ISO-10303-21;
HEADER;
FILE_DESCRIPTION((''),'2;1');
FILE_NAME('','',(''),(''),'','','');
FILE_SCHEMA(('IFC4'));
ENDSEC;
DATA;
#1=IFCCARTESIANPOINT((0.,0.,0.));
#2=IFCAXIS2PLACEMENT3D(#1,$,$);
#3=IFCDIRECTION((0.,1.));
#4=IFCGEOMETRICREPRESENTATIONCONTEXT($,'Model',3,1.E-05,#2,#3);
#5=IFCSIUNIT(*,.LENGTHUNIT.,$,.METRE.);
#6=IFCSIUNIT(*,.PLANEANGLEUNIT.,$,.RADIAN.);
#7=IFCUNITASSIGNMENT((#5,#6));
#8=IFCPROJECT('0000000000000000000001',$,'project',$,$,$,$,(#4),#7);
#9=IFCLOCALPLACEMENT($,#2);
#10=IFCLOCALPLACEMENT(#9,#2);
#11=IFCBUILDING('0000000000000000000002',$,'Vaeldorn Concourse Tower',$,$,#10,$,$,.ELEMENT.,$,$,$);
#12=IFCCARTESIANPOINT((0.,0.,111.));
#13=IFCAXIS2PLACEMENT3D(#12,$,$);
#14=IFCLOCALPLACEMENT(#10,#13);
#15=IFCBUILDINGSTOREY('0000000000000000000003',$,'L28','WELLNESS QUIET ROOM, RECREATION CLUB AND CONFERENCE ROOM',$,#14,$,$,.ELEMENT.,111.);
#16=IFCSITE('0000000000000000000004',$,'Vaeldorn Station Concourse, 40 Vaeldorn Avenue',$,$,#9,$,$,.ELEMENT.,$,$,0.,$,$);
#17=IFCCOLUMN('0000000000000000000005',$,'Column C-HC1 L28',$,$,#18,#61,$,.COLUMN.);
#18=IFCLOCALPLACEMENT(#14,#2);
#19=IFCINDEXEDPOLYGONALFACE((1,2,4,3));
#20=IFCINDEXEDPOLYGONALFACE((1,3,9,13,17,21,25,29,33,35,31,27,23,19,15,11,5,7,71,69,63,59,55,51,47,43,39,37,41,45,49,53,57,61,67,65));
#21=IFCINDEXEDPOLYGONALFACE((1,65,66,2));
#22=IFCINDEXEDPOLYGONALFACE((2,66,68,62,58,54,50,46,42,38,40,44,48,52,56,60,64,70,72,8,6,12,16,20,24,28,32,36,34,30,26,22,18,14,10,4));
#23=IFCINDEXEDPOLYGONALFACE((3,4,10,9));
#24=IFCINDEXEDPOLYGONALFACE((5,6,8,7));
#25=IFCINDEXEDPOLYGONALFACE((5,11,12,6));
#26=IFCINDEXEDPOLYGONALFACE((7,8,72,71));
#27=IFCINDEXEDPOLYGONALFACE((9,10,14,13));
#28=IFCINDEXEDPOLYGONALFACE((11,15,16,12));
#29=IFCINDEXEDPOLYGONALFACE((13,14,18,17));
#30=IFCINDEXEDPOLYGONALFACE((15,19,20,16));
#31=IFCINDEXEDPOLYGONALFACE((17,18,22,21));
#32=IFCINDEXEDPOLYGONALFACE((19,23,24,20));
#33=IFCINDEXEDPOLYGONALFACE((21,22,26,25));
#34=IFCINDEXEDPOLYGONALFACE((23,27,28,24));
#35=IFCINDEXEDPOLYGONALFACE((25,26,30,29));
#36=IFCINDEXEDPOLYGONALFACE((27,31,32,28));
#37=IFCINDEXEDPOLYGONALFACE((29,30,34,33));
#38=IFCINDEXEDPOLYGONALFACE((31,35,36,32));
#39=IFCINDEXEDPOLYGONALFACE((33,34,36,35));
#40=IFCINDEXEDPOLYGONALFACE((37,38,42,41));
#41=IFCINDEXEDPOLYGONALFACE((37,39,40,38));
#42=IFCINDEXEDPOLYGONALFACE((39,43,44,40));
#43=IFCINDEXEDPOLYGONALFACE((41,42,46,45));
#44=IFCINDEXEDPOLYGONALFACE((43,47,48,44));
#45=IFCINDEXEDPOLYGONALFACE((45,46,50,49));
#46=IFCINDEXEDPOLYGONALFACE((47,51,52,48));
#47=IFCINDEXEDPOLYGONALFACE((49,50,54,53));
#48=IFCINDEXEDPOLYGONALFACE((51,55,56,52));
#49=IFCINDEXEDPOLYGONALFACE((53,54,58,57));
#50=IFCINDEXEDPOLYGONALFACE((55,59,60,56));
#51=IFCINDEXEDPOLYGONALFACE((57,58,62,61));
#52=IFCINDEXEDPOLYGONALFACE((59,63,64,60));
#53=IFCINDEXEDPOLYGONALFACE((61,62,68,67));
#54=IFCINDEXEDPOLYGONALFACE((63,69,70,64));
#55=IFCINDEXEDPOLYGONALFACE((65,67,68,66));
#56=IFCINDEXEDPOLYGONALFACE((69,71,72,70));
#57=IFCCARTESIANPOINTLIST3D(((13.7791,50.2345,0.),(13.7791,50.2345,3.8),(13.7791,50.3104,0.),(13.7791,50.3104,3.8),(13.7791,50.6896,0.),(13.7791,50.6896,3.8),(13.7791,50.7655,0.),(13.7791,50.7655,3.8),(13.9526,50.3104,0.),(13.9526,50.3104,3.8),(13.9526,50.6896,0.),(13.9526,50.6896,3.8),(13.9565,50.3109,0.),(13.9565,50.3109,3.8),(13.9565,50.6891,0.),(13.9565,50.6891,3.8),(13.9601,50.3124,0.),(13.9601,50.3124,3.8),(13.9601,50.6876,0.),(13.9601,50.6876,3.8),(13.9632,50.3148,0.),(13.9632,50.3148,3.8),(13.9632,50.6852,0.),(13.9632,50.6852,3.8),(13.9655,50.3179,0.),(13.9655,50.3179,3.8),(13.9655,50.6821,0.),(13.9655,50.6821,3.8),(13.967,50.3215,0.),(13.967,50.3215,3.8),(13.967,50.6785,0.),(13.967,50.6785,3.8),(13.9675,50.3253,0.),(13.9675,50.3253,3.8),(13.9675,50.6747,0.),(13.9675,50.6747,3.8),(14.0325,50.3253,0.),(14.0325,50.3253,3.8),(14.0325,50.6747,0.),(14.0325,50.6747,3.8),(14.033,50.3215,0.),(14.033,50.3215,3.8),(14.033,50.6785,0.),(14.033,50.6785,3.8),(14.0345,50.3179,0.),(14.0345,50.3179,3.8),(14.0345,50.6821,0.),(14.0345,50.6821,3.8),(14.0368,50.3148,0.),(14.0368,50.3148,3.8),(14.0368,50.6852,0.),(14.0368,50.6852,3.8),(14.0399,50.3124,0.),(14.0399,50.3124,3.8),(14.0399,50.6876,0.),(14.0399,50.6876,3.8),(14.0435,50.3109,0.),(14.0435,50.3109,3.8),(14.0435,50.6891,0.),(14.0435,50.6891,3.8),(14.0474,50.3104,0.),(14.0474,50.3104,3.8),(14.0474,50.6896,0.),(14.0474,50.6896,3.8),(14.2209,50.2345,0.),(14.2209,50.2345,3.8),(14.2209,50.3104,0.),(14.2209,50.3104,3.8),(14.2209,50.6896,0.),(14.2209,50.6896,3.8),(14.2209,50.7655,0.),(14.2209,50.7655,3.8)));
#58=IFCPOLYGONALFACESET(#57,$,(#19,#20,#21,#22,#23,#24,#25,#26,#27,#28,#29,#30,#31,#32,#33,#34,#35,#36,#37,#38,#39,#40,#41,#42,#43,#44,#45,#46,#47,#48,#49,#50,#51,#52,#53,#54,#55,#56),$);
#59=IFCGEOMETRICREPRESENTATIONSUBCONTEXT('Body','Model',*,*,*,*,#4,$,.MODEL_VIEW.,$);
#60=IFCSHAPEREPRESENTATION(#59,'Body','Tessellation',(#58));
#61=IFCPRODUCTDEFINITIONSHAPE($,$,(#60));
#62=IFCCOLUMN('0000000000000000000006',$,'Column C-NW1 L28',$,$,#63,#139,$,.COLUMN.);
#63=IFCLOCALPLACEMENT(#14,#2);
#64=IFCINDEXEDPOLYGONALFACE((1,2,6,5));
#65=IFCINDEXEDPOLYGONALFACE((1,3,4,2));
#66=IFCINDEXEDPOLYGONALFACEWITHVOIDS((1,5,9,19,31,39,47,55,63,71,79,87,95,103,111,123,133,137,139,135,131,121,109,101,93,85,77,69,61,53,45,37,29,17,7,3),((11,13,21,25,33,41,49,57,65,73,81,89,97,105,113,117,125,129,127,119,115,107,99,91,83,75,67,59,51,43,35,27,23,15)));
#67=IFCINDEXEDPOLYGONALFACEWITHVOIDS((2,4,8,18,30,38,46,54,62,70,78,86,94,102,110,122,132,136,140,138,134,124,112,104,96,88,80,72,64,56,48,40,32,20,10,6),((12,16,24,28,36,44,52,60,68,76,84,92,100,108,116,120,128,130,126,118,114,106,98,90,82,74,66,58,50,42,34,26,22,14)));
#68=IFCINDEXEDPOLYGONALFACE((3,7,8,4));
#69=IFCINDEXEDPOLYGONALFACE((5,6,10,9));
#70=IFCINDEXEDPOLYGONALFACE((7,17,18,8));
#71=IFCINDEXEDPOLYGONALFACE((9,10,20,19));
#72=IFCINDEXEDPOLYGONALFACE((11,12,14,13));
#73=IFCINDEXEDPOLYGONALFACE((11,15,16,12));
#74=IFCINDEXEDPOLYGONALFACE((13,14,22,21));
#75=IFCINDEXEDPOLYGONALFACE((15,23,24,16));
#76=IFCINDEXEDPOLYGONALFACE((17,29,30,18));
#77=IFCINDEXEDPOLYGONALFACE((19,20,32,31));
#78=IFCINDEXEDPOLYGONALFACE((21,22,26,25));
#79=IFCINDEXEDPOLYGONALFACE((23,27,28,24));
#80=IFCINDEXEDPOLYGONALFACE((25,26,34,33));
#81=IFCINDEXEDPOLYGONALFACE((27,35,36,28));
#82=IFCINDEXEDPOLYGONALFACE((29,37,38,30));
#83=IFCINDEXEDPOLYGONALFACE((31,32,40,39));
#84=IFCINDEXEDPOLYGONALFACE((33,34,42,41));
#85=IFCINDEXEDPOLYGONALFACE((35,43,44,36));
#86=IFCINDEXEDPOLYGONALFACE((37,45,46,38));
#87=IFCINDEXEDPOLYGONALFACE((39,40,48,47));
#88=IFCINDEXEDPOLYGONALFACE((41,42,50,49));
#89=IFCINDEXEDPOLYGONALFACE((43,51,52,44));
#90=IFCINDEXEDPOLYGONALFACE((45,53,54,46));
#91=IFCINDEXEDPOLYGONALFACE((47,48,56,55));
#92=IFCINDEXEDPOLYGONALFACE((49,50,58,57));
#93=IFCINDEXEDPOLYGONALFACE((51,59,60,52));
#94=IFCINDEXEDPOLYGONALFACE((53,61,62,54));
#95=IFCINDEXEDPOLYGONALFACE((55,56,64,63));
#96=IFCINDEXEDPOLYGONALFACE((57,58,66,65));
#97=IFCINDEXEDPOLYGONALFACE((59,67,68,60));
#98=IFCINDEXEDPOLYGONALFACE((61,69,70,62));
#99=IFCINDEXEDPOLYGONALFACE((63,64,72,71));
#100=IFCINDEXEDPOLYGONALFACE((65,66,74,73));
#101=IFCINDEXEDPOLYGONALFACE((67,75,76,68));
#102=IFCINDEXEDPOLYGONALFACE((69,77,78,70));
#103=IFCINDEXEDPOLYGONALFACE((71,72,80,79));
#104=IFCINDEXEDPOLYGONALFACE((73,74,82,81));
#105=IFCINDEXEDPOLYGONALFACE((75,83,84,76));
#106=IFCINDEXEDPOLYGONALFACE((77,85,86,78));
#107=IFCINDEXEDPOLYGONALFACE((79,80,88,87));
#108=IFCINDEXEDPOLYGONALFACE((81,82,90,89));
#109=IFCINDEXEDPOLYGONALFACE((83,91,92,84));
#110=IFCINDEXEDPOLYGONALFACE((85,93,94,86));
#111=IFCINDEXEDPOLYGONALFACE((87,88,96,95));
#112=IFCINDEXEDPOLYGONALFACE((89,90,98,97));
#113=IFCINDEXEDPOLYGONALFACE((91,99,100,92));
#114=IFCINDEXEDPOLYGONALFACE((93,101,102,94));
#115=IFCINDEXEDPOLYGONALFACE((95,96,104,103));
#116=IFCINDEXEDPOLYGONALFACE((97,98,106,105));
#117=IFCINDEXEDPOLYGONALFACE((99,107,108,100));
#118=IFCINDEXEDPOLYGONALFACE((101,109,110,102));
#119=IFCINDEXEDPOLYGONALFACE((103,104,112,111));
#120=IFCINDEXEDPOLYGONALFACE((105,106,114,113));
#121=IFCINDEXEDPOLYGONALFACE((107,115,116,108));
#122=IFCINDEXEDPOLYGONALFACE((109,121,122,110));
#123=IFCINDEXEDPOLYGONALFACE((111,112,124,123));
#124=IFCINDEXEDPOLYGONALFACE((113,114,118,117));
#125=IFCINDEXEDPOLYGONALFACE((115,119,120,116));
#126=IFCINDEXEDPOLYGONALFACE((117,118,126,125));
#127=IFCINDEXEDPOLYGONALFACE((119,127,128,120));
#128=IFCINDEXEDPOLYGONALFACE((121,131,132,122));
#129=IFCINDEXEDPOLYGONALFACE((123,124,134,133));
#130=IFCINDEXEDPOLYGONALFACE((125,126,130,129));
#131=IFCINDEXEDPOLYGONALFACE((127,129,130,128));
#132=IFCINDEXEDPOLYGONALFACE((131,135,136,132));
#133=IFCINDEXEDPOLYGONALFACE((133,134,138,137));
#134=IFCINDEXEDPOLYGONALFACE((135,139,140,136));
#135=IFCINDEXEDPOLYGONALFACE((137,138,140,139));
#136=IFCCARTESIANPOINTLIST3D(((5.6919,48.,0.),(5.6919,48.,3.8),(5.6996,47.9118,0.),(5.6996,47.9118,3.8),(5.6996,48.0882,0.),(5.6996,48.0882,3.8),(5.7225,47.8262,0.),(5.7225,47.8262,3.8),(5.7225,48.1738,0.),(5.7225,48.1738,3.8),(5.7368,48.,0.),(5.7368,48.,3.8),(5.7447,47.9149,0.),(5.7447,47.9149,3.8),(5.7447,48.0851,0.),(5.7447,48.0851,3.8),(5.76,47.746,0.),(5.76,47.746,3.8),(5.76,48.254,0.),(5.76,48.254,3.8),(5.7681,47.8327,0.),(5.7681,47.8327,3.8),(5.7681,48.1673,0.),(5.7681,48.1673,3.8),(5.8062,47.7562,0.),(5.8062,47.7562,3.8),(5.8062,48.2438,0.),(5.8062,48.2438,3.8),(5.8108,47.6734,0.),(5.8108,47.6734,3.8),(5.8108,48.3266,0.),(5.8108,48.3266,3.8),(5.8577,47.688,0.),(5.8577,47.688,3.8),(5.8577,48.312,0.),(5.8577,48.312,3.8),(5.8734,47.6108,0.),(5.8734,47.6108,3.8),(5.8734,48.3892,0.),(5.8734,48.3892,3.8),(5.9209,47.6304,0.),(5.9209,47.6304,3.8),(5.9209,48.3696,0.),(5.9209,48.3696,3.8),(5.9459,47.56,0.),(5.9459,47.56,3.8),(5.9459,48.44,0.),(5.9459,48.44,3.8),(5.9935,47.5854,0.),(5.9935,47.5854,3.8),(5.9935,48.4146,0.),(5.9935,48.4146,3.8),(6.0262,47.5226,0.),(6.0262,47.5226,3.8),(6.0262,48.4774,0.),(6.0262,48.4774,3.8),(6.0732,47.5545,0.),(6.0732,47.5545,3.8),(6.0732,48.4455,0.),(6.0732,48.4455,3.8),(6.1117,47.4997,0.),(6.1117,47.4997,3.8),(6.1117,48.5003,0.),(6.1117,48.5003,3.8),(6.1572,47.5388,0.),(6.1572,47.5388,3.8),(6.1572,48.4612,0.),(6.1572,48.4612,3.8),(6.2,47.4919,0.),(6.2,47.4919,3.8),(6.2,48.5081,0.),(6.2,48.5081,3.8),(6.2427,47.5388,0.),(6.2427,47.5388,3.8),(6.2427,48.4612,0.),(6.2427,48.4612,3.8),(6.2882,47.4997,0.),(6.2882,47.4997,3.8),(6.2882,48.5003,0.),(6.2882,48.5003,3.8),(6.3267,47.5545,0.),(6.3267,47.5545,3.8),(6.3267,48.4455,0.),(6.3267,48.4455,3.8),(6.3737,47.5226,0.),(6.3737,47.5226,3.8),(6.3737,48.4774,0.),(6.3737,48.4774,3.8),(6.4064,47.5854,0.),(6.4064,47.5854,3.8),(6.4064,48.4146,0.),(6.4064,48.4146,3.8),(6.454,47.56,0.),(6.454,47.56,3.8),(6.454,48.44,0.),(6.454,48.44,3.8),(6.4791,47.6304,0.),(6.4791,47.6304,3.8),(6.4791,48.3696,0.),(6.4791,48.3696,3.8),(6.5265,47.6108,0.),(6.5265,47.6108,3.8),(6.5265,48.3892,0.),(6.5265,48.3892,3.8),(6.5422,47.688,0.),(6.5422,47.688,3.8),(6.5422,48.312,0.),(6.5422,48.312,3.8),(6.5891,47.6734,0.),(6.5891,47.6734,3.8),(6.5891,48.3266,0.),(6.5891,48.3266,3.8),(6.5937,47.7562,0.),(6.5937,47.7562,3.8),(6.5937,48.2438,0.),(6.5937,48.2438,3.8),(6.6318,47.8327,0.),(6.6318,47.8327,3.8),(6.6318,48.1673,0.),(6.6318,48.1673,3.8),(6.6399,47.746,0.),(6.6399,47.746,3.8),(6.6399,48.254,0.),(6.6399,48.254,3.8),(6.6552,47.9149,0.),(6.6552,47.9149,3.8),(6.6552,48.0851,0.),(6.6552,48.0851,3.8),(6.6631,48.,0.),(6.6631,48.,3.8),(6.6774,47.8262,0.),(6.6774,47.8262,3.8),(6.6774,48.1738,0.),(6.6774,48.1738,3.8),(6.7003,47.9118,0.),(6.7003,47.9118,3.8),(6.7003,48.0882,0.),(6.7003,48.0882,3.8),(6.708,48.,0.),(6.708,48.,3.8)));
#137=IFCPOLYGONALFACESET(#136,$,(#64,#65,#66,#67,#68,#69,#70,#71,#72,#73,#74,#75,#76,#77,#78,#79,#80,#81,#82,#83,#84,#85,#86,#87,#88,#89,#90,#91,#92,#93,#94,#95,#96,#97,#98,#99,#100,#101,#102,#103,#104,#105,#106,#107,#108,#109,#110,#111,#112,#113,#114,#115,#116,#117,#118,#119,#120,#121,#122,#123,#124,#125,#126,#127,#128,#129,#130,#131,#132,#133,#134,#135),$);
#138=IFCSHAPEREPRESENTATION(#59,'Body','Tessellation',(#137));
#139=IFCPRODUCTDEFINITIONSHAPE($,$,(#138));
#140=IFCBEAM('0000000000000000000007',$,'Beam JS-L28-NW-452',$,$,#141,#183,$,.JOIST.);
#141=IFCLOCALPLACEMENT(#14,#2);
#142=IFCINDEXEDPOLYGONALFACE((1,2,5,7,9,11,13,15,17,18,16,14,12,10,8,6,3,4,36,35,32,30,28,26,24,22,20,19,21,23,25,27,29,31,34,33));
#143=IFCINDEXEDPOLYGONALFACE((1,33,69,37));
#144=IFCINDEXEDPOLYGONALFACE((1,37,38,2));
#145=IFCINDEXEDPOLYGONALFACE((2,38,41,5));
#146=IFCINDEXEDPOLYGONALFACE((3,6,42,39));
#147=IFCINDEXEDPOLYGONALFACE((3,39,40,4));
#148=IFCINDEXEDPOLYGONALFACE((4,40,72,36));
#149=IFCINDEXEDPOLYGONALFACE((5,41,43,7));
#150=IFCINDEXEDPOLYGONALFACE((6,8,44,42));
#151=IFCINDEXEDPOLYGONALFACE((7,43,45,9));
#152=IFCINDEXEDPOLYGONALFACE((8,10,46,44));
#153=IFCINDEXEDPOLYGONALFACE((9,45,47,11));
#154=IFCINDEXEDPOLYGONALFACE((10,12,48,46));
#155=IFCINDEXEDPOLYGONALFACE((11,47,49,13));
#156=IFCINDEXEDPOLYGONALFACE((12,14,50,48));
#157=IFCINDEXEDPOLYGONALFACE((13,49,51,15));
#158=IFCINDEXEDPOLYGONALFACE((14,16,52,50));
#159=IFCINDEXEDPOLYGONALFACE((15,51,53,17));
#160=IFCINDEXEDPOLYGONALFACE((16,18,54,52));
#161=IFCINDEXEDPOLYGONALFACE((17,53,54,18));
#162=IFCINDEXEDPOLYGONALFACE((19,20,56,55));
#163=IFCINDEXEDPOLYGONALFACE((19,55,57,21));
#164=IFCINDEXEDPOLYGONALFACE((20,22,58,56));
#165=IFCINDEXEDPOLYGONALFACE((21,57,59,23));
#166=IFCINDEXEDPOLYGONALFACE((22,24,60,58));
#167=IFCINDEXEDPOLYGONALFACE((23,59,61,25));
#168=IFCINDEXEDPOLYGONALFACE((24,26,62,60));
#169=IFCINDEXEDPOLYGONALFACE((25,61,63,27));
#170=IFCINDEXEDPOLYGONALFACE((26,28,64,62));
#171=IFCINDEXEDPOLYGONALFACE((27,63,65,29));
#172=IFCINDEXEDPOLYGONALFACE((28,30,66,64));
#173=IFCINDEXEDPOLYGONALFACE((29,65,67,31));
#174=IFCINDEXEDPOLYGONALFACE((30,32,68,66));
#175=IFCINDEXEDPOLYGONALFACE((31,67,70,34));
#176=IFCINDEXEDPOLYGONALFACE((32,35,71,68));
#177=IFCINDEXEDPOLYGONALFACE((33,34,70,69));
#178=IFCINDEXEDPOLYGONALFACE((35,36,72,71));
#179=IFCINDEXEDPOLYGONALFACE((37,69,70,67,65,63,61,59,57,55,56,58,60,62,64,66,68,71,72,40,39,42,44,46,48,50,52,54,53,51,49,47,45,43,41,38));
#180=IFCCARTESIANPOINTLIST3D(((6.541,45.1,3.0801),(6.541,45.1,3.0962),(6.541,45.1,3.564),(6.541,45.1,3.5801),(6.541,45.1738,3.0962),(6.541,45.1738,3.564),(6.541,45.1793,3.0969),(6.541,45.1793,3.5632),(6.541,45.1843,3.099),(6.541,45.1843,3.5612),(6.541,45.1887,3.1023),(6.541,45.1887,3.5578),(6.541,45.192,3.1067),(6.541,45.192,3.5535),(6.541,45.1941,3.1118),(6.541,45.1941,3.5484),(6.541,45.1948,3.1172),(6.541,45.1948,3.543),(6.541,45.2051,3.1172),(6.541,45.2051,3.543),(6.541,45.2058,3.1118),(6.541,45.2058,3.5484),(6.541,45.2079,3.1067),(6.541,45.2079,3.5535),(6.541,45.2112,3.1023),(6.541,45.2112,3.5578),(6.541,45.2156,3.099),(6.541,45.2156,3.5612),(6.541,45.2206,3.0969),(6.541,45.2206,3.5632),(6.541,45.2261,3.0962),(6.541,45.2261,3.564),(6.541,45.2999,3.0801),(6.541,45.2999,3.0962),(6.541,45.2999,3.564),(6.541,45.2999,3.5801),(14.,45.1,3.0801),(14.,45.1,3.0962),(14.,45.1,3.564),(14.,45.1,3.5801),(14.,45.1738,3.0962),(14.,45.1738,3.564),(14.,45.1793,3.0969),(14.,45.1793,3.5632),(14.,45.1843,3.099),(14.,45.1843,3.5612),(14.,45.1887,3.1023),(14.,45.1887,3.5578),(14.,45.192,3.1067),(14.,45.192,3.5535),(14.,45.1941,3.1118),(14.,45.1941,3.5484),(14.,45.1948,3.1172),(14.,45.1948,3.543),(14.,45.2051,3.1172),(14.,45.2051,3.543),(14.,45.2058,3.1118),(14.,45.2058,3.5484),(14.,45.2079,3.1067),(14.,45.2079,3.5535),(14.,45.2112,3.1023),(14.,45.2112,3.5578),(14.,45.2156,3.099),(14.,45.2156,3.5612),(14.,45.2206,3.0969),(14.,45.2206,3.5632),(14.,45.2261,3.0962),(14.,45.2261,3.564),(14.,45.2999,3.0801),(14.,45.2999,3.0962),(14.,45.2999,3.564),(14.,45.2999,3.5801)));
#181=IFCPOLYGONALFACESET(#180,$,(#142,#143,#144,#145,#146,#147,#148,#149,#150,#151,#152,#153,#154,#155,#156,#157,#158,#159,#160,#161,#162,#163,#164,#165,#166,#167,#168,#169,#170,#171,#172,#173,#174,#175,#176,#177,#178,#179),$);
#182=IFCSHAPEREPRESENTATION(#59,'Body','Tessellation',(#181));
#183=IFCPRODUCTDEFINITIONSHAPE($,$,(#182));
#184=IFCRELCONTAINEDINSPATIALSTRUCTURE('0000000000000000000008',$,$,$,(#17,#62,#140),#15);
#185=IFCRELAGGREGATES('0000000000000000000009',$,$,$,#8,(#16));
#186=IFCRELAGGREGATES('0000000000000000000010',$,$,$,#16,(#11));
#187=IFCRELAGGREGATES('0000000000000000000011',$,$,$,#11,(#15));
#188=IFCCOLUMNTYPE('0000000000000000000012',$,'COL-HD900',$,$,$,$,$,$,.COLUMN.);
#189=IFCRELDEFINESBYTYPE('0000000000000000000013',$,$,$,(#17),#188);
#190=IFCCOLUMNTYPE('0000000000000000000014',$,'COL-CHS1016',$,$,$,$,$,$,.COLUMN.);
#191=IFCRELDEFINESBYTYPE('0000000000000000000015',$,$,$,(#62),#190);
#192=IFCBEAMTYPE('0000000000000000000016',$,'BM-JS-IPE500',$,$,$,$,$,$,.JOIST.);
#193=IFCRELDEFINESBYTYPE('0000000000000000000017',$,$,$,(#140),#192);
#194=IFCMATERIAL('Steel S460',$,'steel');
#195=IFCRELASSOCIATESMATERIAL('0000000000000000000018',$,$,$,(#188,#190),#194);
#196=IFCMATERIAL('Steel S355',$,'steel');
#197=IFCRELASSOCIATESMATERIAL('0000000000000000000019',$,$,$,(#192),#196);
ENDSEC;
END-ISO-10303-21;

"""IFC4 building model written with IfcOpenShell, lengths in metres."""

from ifc_helpers import new_model, si_unit, direction, frame, origin, origin_2d, place, context, subcontext, project, spatial, hollow_circle, i_section, extrude, source, transform, mapped, material, material_profile, profile_set, type_object, element, save


model = new_model("IFC4")

# Units and contexts
model_context = context("Model", 3, precision=1e-05, world=origin(), true_north=direction((0.0, 1.0)))
body_context = subcontext(model_context, "Body", "Model", "MODEL_VIEW")
ifc_project = project(units=[si_unit("LENGTHUNIT", "METRE"), si_unit("PLANEANGLEUNIT", "RADIAN")], contexts=[model_context])

# Site, building, storey
site_placement = place(None, origin())
site = spatial("IfcSite", under=ifc_project, at=site_placement, Name="Vaeldorn Station Concourse, 40 Vaeldorn Avenue", CompositionType="ELEMENT", RefElevation=0.0)
building_placement = place(site_placement, origin())
building = spatial("IfcBuilding", under=site, at=building_placement, Name="Vaeldorn Concourse Tower", CompositionType="ELEMENT")
storey_placement = place(building_placement, frame((0.0, 0.0, 111.0)))
storey = spatial("IfcBuildingStorey", under=building, at=storey_placement, Name="L28", Description="WELLNESS QUIET ROOM, RECREATION CLUB AND CONFERENCE ROOM", CompositionType="ELEMENT", Elevation=111.0)

# Columns
ifc_material_1 = material(Name="Steel S460", Category="steel")
ifc_material_profile_1 = material_profile(ifc_material_1, i_section(OverallWidth=0.4419, OverallDepth=0.531, WebThickness=0.0649, FlangeThickness=0.0759, FilletRadius=0.0149, at=origin_2d()), Name="HD 400x900")
ifc_profile_set_1 = profile_set([ifc_material_profile_1], Name="Steel S460")
column_type_1 = type_object("IfcColumnType", Name="COL-HD900", PredefinedType="COLUMN", material=ifc_profile_set_1)
shared_shape_1 = source(origin(), body_context, "Body", "SweptSolid", [
    extrude(i_section(OverallWidth=0.4419, OverallDepth=0.531, WebThickness=0.0649, FlangeThickness=0.0759, FilletRadius=0.0149, at=origin_2d()), origin(), (0.0, 0.0, 1.0), 3.8),
])
column_1_placement = place(storey_placement, frame((14.0, 50.5, 0.0), z_axis=(0.0, 0.0, 1.0), x_axis=(1.0, 0.0, 0.0)))
element("IfcColumn", 1, at=column_1_placement, inside=storey, type_object=column_type_1, Name="Column C-HC1 L28", PredefinedType="COLUMN", context=body_context, shape_type="MappedRepresentation", body=[
    mapped(shared_shape_1, transform((0.0, 0.0, 0.0), scale=1.0)),
])
ifc_material_profile_2 = material_profile(ifc_material_1, hollow_circle(Radius=0.5081, WallThickness=0.0449, at=origin_2d()), Name="CHS 1016x45")
ifc_profile_set_2 = profile_set([ifc_material_profile_2], Name="Steel S460")
column_type_2 = type_object("IfcColumnType", Name="COL-CHS1016", PredefinedType="COLUMN", material=ifc_profile_set_2)
shared_shape_2 = source(origin(), body_context, "Body", "SweptSolid", [
    extrude(hollow_circle(Radius=0.5081, WallThickness=0.0449, at=origin_2d()), origin(), (0.0, 0.0, 1.0), 3.8),
])
column_2_placement = place(storey_placement, frame((6.2, 48.0, 0.0), z_axis=(0.0, 0.0, 1.0), x_axis=(1.0, 0.0, 0.0)))
element("IfcColumn", 2, at=column_2_placement, inside=storey, type_object=column_type_2, Name="Column C-NW1 L28", PredefinedType="COLUMN", context=body_context, shape_type="MappedRepresentation", body=[
    mapped(shared_shape_2, transform((0.0, 0.0, 0.0), scale=1.0)),
])

# Beam
ifc_material_2 = material(Name="Steel S355", Category="steel")
ifc_material_profile_3 = material_profile(ifc_material_2, i_section(OverallWidth=0.2, OverallDepth=0.5, WebThickness=0.0103, FlangeThickness=0.0161, FilletRadius=0.021, at=origin_2d()), Name="IPE 500")
ifc_profile_set_3 = profile_set([ifc_material_profile_3], Name="Steel S355")
beam_type_1 = type_object("IfcBeamType", Name="BM-JS-IPE500", PredefinedType="JOIST", material=ifc_profile_set_3)
shared_shape_3 = source(origin(), body_context, "Body", "SweptSolid", [
    extrude(i_section(OverallWidth=0.2, OverallDepth=0.5, WebThickness=0.0103, FlangeThickness=0.0161, FilletRadius=0.021, at=origin_2d()), origin(), (0.0, 0.0, 1.0), 7.459),
])
beam_1_placement = place(storey_placement, frame((6.541, 45.2, 3.3301), z_axis=(1.0, 0.0, 0.0), x_axis=(0.0, 1.0, 0.0)))
element("IfcBeam", 3, at=beam_1_placement, inside=storey, type_object=beam_type_1, Name="Beam JS-L28-NW-452", PredefinedType="JOIST", context=body_context, shape_type="MappedRepresentation", body=[
    mapped(shared_shape_3, transform((0.0, 0.0, 0.0), scale=1.0)),
])

save(model, "model.ifc")
